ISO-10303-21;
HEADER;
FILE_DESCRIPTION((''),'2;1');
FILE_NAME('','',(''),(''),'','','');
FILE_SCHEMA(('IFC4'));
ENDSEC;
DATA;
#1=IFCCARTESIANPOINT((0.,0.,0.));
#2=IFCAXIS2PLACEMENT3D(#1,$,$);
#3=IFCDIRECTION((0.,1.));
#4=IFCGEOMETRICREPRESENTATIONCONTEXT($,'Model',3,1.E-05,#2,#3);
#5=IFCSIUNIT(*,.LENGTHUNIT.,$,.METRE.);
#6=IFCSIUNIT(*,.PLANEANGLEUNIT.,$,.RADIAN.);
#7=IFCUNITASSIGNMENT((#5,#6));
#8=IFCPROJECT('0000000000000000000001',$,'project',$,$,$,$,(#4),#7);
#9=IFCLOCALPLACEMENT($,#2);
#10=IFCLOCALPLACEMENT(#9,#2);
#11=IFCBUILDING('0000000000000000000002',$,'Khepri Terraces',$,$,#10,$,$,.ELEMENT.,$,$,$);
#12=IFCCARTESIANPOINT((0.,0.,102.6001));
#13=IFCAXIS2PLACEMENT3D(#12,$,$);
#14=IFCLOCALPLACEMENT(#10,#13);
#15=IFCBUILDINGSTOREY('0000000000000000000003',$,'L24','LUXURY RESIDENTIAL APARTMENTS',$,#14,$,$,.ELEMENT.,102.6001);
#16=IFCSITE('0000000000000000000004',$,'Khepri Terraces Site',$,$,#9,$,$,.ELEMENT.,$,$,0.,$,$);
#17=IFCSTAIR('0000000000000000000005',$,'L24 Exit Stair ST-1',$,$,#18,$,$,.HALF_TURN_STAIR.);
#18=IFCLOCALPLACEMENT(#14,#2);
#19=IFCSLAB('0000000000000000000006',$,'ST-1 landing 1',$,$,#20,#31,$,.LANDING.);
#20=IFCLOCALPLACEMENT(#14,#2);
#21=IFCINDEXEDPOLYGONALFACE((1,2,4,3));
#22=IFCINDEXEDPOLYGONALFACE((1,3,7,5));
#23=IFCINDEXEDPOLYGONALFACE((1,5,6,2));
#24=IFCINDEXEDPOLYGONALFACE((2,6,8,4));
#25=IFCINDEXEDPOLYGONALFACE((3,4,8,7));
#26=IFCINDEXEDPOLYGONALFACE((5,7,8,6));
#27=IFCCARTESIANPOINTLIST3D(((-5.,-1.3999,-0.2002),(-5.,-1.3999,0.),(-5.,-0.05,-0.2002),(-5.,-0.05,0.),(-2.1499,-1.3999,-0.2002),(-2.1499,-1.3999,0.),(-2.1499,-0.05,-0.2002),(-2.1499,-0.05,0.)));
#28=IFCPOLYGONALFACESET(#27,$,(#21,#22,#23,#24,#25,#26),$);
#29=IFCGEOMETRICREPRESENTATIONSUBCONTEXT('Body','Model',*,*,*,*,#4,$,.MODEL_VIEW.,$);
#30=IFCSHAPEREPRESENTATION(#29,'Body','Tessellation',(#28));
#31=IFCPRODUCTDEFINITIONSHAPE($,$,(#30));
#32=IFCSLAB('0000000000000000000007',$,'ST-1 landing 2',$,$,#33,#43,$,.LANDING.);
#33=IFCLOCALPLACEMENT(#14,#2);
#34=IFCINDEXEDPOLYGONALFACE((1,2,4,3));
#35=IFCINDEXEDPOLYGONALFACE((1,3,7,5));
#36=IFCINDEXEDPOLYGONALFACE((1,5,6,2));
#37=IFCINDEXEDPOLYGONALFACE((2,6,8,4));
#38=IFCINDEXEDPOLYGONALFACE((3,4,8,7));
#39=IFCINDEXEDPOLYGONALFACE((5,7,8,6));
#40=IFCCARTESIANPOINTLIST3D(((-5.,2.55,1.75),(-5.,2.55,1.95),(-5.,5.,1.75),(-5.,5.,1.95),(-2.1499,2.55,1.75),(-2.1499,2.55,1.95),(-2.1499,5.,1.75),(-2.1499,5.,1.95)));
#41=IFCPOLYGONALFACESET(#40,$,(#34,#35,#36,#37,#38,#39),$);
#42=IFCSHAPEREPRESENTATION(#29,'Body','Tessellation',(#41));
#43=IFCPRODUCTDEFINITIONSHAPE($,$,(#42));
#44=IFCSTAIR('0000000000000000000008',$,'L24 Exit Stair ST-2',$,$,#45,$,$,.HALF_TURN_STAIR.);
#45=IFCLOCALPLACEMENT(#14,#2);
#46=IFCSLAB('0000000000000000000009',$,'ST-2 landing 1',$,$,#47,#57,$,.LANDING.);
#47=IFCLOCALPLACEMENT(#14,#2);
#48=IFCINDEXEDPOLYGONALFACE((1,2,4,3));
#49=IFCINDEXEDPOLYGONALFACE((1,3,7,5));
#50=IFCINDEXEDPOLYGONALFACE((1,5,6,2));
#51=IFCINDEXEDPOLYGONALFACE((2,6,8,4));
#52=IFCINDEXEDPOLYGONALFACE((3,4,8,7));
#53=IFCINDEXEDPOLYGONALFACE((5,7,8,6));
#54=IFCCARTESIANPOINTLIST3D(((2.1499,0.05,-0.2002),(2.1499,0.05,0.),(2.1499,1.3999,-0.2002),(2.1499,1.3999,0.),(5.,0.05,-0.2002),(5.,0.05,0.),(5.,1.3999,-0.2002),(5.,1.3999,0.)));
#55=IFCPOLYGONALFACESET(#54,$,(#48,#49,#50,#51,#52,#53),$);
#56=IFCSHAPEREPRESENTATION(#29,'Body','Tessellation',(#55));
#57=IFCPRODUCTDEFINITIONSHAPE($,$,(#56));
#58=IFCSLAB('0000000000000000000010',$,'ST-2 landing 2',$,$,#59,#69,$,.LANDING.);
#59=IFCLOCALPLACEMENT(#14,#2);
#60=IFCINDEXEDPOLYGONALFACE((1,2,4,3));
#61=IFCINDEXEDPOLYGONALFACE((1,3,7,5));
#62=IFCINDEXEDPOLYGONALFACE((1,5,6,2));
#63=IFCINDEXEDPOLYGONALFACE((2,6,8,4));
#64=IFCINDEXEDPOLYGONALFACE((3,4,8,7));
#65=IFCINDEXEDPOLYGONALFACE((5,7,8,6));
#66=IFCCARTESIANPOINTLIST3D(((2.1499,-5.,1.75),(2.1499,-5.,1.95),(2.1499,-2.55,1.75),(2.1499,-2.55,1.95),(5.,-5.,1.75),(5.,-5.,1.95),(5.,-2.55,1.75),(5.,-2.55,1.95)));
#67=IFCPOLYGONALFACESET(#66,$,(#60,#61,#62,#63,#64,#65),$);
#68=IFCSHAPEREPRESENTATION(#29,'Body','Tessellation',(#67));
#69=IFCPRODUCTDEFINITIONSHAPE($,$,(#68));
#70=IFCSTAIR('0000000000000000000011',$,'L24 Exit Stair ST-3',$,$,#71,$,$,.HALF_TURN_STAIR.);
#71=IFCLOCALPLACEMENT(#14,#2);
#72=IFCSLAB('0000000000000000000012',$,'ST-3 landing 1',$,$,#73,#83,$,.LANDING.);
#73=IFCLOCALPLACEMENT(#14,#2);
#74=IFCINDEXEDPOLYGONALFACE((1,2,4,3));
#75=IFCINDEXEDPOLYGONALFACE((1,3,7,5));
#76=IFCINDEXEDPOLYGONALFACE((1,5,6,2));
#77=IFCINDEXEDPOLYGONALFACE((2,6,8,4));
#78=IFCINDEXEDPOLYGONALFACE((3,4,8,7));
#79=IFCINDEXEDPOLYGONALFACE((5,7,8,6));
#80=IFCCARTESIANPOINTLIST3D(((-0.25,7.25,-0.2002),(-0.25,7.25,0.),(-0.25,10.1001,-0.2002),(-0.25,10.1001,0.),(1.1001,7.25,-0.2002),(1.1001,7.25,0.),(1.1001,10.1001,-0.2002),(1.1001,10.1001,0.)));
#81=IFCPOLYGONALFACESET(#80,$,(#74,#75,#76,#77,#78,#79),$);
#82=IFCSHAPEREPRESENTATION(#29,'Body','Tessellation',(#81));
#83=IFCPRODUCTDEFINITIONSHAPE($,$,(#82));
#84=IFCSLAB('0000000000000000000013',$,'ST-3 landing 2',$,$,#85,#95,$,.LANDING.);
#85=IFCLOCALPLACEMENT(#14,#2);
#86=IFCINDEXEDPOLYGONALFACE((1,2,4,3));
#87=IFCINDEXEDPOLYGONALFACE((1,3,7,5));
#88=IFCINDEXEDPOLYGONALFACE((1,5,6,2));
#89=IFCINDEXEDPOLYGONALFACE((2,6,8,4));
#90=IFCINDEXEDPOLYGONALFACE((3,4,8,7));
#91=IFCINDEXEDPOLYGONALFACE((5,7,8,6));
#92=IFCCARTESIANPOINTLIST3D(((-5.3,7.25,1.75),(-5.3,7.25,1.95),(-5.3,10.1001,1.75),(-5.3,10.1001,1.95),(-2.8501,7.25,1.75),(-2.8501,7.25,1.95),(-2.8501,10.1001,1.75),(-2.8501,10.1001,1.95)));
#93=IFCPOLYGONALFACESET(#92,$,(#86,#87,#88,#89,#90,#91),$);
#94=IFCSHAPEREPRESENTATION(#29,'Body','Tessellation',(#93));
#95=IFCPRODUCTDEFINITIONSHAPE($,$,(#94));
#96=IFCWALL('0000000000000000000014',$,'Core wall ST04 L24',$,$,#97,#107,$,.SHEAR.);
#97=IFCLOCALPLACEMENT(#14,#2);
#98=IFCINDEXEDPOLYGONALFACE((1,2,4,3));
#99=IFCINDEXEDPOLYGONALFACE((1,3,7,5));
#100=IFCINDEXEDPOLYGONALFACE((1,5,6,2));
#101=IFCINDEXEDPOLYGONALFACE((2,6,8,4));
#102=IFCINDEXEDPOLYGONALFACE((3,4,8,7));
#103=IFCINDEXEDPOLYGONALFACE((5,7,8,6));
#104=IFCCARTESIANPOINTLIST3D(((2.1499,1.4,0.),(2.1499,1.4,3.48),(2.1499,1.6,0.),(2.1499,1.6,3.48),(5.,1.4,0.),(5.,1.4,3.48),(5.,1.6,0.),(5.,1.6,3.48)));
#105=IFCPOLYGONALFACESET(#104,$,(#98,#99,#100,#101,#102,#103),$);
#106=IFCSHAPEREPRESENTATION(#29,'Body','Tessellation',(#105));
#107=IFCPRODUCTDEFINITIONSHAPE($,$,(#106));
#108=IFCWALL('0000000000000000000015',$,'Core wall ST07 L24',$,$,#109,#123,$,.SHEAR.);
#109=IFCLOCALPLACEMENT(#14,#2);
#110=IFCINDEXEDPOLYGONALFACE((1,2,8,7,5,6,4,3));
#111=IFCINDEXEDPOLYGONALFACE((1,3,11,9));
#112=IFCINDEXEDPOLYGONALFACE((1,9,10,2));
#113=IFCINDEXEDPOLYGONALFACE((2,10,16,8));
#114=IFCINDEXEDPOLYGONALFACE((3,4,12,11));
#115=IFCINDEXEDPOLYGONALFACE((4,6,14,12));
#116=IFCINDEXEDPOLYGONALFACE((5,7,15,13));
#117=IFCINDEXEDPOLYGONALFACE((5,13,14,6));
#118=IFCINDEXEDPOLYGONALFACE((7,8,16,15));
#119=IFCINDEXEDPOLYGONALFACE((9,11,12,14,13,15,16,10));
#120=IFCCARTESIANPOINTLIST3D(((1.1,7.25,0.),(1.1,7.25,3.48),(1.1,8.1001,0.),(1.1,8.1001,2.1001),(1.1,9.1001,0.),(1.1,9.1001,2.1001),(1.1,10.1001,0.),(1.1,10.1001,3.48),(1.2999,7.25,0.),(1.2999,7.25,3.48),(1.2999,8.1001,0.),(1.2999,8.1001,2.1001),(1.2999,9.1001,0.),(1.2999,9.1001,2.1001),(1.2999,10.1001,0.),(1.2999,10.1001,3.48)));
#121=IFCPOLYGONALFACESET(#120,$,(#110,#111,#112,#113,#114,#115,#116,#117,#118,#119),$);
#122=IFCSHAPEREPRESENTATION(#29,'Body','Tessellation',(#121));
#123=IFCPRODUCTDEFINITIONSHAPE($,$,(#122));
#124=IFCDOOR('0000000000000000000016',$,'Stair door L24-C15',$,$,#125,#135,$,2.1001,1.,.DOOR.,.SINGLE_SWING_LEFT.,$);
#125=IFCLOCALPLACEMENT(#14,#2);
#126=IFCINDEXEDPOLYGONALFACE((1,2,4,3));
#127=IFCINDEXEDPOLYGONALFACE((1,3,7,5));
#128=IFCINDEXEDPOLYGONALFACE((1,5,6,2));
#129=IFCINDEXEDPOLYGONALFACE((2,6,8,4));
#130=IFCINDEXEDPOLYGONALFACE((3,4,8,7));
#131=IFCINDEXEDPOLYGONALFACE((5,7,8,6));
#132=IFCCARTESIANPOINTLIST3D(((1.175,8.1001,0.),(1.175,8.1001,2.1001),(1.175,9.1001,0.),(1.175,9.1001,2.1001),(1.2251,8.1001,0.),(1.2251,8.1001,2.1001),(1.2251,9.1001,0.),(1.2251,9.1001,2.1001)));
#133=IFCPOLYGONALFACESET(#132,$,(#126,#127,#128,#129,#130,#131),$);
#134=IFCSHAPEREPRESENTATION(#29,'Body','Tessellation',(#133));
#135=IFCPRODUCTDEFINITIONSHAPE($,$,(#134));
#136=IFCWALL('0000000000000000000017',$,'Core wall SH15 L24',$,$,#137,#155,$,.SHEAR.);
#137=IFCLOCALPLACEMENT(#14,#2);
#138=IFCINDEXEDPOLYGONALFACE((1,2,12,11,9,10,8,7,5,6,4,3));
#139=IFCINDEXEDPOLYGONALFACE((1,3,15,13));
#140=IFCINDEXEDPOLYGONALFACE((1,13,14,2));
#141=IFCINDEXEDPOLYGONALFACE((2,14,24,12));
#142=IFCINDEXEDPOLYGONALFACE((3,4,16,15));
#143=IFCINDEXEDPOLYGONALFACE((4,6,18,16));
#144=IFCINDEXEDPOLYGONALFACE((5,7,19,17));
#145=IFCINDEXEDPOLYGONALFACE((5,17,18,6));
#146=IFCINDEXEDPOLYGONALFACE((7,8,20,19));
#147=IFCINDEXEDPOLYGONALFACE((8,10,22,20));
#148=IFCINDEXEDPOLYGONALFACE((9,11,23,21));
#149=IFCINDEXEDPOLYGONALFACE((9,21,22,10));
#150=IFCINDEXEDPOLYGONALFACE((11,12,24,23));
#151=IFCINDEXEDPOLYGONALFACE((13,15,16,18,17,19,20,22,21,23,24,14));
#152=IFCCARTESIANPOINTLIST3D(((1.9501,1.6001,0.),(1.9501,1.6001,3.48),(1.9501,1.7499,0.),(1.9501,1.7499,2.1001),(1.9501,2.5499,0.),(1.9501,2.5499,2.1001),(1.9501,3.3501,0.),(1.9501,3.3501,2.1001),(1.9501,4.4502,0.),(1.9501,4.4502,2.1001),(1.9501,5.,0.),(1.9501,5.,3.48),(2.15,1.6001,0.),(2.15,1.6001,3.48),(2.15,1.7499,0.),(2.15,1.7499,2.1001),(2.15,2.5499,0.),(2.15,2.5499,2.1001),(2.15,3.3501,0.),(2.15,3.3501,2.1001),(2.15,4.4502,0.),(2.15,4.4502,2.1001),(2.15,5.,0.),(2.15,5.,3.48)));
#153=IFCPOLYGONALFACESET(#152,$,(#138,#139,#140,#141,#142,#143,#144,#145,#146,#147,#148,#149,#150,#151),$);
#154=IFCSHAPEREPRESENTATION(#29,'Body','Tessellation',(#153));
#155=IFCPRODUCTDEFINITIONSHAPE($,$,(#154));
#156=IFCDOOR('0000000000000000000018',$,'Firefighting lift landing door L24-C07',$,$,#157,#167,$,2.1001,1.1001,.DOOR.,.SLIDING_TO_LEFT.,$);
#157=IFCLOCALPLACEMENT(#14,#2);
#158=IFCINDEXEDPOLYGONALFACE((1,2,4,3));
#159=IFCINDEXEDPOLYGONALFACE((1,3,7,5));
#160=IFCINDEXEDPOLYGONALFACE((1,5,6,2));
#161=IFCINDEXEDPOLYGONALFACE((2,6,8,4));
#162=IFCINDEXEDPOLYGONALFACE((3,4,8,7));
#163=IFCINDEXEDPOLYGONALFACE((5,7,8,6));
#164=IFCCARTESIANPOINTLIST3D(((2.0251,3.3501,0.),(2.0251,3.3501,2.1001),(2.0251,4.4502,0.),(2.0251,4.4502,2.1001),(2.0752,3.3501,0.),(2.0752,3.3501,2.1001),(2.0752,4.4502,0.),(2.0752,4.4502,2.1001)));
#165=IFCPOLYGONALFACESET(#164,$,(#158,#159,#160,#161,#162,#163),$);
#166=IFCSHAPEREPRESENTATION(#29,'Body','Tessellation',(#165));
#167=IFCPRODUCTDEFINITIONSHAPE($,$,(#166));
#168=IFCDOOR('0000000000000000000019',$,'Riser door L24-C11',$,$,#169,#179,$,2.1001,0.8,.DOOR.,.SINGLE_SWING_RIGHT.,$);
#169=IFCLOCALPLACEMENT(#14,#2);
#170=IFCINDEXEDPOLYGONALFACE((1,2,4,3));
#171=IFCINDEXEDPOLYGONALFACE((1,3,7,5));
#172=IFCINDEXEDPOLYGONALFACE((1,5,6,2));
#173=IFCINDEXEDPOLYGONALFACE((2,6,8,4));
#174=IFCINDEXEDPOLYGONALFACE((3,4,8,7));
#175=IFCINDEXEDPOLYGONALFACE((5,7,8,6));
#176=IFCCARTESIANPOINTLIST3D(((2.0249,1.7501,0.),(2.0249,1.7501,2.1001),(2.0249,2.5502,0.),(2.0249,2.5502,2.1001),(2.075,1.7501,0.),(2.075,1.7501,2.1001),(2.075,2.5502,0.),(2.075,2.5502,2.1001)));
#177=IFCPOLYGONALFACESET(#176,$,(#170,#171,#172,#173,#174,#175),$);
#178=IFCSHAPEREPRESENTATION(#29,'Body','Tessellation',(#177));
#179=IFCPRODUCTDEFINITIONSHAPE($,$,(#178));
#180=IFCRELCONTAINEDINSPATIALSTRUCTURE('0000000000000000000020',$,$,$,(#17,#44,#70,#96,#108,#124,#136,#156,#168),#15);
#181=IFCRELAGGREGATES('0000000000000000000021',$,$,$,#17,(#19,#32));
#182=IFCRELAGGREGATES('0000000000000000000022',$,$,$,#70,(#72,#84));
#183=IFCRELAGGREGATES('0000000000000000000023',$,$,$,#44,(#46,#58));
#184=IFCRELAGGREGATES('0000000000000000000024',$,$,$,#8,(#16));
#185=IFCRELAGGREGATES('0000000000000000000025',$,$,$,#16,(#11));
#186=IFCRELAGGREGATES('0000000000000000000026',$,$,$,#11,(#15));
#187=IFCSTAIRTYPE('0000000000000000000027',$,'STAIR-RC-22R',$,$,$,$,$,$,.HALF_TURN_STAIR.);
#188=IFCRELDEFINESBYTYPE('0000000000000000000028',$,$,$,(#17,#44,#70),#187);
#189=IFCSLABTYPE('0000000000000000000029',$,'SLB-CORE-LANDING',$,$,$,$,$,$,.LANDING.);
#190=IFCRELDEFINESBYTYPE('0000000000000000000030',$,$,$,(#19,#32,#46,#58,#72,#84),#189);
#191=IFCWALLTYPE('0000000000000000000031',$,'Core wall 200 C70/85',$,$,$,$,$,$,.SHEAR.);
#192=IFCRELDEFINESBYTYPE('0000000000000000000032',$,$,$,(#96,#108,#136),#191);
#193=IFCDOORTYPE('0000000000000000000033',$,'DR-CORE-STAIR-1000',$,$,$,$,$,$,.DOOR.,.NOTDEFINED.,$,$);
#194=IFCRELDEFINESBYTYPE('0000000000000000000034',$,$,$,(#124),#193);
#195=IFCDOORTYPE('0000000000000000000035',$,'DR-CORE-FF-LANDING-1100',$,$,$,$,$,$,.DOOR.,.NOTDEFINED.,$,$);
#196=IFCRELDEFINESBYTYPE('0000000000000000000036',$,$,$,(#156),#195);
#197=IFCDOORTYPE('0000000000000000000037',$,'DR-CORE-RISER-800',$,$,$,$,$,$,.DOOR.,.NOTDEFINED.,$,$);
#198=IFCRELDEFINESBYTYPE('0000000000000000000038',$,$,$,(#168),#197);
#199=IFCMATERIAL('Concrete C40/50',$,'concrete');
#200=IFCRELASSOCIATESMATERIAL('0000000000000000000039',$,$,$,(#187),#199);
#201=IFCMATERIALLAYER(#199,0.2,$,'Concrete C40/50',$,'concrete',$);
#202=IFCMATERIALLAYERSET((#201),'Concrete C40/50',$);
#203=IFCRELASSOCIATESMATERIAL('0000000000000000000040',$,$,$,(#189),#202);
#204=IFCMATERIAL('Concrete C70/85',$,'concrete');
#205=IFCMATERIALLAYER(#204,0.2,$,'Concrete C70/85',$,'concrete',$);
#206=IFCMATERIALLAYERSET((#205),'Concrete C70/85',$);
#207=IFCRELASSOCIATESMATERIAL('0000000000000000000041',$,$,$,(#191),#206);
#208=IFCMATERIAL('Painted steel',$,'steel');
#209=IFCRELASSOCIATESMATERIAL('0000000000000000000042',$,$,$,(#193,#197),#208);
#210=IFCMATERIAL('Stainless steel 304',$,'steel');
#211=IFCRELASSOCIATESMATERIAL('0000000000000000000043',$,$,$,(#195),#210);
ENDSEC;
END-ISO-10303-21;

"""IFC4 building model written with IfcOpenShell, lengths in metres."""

from ifc_helpers import new_model, si_unit, direction, frame, frame_2d, origin, place, context, subcontext, project, spatial, polyline, rectangle, outline, extrude, material, layer, layer_set, type_object, element, fill, aggregate, save


model = new_model("IFC4")

# Units and contexts
model_context = context("Model", 3, precision=1e-05, world=origin(), true_north=direction((0.0, 1.0)))
body_context = subcontext(model_context, "Body", "Model", "MODEL_VIEW")
ifc_project = project(units=[si_unit("LENGTHUNIT", "METRE"), si_unit("PLANEANGLEUNIT", "RADIAN")], contexts=[model_context])

# Site, building, storey
site_placement = place(None, origin())
site = spatial("IfcSite", under=ifc_project, at=site_placement, Name="Khepri Terraces Site", CompositionType="ELEMENT", RefElevation=0.0)
building_placement = place(site_placement, origin())
building = spatial("IfcBuilding", under=site, at=building_placement, Name="Khepri Terraces", CompositionType="ELEMENT")
storey_placement = place(building_placement, frame((0.0, 0.0, 102.6001)))
storey = spatial("IfcBuildingStorey", under=building, at=storey_placement, Name="L24", Description="LUXURY RESIDENTIAL APARTMENTS", CompositionType="ELEMENT", Elevation=102.6001)

# Stairs, slabs
ifc_material_1 = material(Name="Concrete C40/50", Category="concrete")
stair_type = type_object("IfcStairType", Name="STAIR-RC-22R", PredefinedType="HALF_TURN_STAIR", material=ifc_material_1)
stair_1_placement = place(storey_placement, origin())
stair_1 = element("IfcStair", 1, at=stair_1_placement, inside=storey, type_object=stair_type, Name="L24 Exit Stair ST-1", PredefinedType="HALF_TURN_STAIR")
ifc_layer_1 = layer(ifc_material_1, 0.2, Name="Concrete C40/50", Category="concrete")
ifc_layer_set_1 = layer_set([ifc_layer_1], Name="Concrete C40/50")
slab_type = type_object("IfcSlabType", Name="SLB-CORE-LANDING", PredefinedType="LANDING", material=ifc_layer_set_1)
slab_1_placement = place(storey_placement, frame((0.0, 0.0, -0.2002)))
slab_1 = element("IfcSlab", 2, at=slab_1_placement, type_object=slab_type, Name="ST-1 landing 1", PredefinedType="LANDING", context=body_context, shape_type="SweptSolid", body=[
    extrude(outline(polyline([(-2.1499, -1.3999), (-2.1499, -0.05), (-5.0, -0.05), (-5.0, -1.3999), (-2.1499, -1.3999)])), origin(), (0.0, 0.0, 1.0), 0.2002),
])
slab_2_placement = place(storey_placement, frame((0.0, 0.0, 1.75)))
slab_2 = element("IfcSlab", 3, at=slab_2_placement, type_object=slab_type, Name="ST-1 landing 2", PredefinedType="LANDING", context=body_context, shape_type="SweptSolid", body=[
    extrude(outline(polyline([(-2.1499, 2.55), (-2.1499, 5.0), (-5.0, 5.0), (-5.0, 2.55), (-2.1499, 2.55)])), origin(), (0.0, 0.0, 1.0), 0.2),
])
aggregate(stair_1, [slab_1, slab_2])
stair_2_placement = place(storey_placement, origin())
stair_2 = element("IfcStair", 4, at=stair_2_placement, inside=storey, type_object=stair_type, Name="L24 Exit Stair ST-2", PredefinedType="HALF_TURN_STAIR")
slab_3_placement = place(storey_placement, frame((0.0, 0.0, -0.2002)))
slab_3 = element("IfcSlab", 5, at=slab_3_placement, type_object=slab_type, Name="ST-2 landing 1", PredefinedType="LANDING", context=body_context, shape_type="SweptSolid", body=[
    extrude(outline(polyline([(2.1499, 1.3999), (2.1499, 0.05), (5.0, 0.05), (5.0, 1.3999), (2.1499, 1.3999)])), origin(), (0.0, 0.0, 1.0), 0.2002),
])
slab_4_placement = place(storey_placement, frame((0.0, 0.0, 1.75)))
slab_4 = element("IfcSlab", 6, at=slab_4_placement, type_object=slab_type, Name="ST-2 landing 2", PredefinedType="LANDING", context=body_context, shape_type="SweptSolid", body=[
    extrude(outline(polyline([(2.1499, -2.55), (2.1499, -5.0), (5.0, -5.0), (5.0, -2.55), (2.1499, -2.55)])), origin(), (0.0, 0.0, 1.0), 0.2),
])
stair_3_placement = place(storey_placement, origin())
stair_3 = element("IfcStair", 7, at=stair_3_placement, inside=storey, type_object=stair_type, Name="L24 Exit Stair ST-3", PredefinedType="HALF_TURN_STAIR")
slab_5_placement = place(storey_placement, frame((0.0, 0.0, -0.2002)))
slab_5 = element("IfcSlab", 8, at=slab_5_placement, type_object=slab_type, Name="ST-3 landing 1", PredefinedType="LANDING", context=body_context, shape_type="SweptSolid", body=[
    extrude(outline(polyline([(1.1001, 10.1001), (-0.25, 10.1001), (-0.25, 7.25), (1.1001, 7.25), (1.1001, 10.1001)])), origin(), (0.0, 0.0, 1.0), 0.2002),
])
slab_6_placement = place(storey_placement, frame((0.0, 0.0, 1.75)))
slab_6 = element("IfcSlab", 9, at=slab_6_placement, type_object=slab_type, Name="ST-3 landing 2", PredefinedType="LANDING", context=body_context, shape_type="SweptSolid", body=[
    extrude(outline(polyline([(-2.8501, 10.1001), (-5.3, 10.1001), (-5.3, 7.25), (-2.8501, 7.25), (-2.8501, 10.1001)])), origin(), (0.0, 0.0, 1.0), 0.2),
])
aggregate(stair_3, [slab_5, slab_6])

# Wall
ifc_material_2 = material(Name="Concrete C70/85", Category="concrete")
ifc_layer_2 = layer(ifc_material_2, 0.2, Name="Concrete C70/85", Category="concrete")
ifc_layer_set_2 = layer_set([ifc_layer_2], Name="Concrete C70/85")
wall_type_1 = type_object("IfcWallType", Name="Core wall 200 C70/85", PredefinedType="SHEAR", material=ifc_layer_set_2)
wall_1_placement = place(storey_placement, frame((2.1499, 1.5, 0.0), z_axis=(0.0, 0.0, 1.0), x_axis=(1.0, 0.0, 0.0)))
element("IfcWall", 10, at=wall_1_placement, inside=storey, type_object=wall_type_1, Name="Core wall ST04 L24", PredefinedType="SHEAR", context=body_context, shape_type="SweptSolid", body=[
    extrude(rectangle(XDim=2.8501, YDim=0.2, at=frame_2d((1.425, 0.0))), origin(), (0.0, 0.0, 1.0), 3.48),
])

# Wall, opening, door
wall_2_placement = place(storey_placement, frame((1.2, 7.25, 0.0), z_axis=(0.0, 0.0, 1.0), x_axis=(0.0, 1.0, 0.0)))
wall_2 = element("IfcWall", 11, at=wall_2_placement, inside=storey, type_object=wall_type_1, Name="Core wall ST07 L24", PredefinedType="SHEAR", context=body_context, shape_type="SweptSolid", body=[
    extrude(rectangle(XDim=2.8501, YDim=0.2, at=frame_2d((1.425, 0.0))), origin(), (0.0, 0.0, 1.0), 3.48),
])
opening_1_placement = place(wall_2_placement, frame((0.8501, 0.0, 0.0)))
opening_1 = element("IfcOpeningElement", 12, at=opening_1_placement, cuts=wall_2, PredefinedType="OPENING", context=body_context, shape_type="SweptSolid", body=[
    extrude(rectangle(XDim=1.0, YDim=2.1001, at=frame_2d((0.5, 1.05))), frame((0.0, 0.1099, 0.0), z_axis=(0.0, -1.0, 0.0), x_axis=(1.0, 0.0, 0.0)), (0.0, 0.0, 1.0), 0.22),
])
ifc_material_3 = material(Name="Painted steel", Category="steel")
door_type_1 = type_object("IfcDoorType", Name="DR-CORE-STAIR-1000", OperationType="NOTDEFINED", PredefinedType="DOOR", material=ifc_material_3)
door_1_placement = place(opening_1_placement, origin())
door_1 = element("IfcDoor", 13, at=door_1_placement, inside=storey, type_object=door_type_1, Name="Stair door L24-C15", OperationType="SINGLE_SWING_LEFT", OverallHeight=2.1001, OverallWidth=1.0, PredefinedType="DOOR", context=body_context, shape_type="SweptSolid", body=[
    extrude(rectangle(XDim=1.0, YDim=2.1001, at=frame_2d((0.5, 1.05))), frame((0.0, 0.0249, 0.0), z_axis=(0.0, -1.0, 0.0), x_axis=(1.0, 0.0, 0.0)), (0.0, 0.0, 1.0), 0.05),
])
fill(opening_1, door_1)

# Wall, openings, doors
wall_3_placement = place(storey_placement, frame((2.05, 1.6001, 0.0), z_axis=(0.0, 0.0, 1.0), x_axis=(0.0, 1.0, 0.0)))
wall_3 = element("IfcWall", 14, at=wall_3_placement, inside=storey, type_object=wall_type_1, Name="Core wall SH15 L24", PredefinedType="SHEAR", context=body_context, shape_type="SweptSolid", body=[
    extrude(rectangle(XDim=3.3999, YDim=0.2, at=frame_2d((1.7, 0.0))), origin(), (0.0, 0.0, 1.0), 3.48),
])
opening_2_placement = place(wall_3_placement, frame((1.75, 0.0, 0.0)))
opening_2 = element("IfcOpeningElement", 15, at=opening_2_placement, cuts=wall_3, PredefinedType="OPENING", context=body_context, shape_type="SweptSolid", body=[
    extrude(rectangle(XDim=1.1001, YDim=2.1001, at=frame_2d((0.55, 1.05))), frame((0.0, 0.1099, 0.0), z_axis=(0.0, -1.0, 0.0), x_axis=(1.0, 0.0, 0.0)), (0.0, 0.0, 1.0), 0.22),
])
opening_3_placement = place(wall_3_placement, frame((0.1499, 0.0, 0.0)))
opening_3 = element("IfcOpeningElement", 16, at=opening_3_placement, cuts=wall_3, PredefinedType="OPENING", context=body_context, shape_type="SweptSolid", body=[
    extrude(rectangle(XDim=0.8, YDim=2.1001, at=frame_2d((0.3999, 1.05))), frame((0.0, 0.1099, 0.0), z_axis=(0.0, -1.0, 0.0), x_axis=(1.0, 0.0, 0.0)), (0.0, 0.0, 1.0), 0.22),
])
ifc_material_4 = material(Name="Stainless steel 304", Category="steel")
door_type_2 = type_object("IfcDoorType", Name="DR-CORE-FF-LANDING-1100", OperationType="NOTDEFINED", PredefinedType="DOOR", material=ifc_material_4)
door_2_placement = place(opening_2_placement, origin())
door_2 = element("IfcDoor", 17, at=door_2_placement, inside=storey, type_object=door_type_2, Name="Firefighting lift landing door L24-C07", OperationType="SLIDING_TO_LEFT", OverallHeight=2.1001, OverallWidth=1.1001, PredefinedType="DOOR", context=body_context, shape_type="SweptSolid", body=[
    extrude(rectangle(XDim=1.1001, YDim=2.1001, at=frame_2d((0.55, 1.05))), frame((0.0, 0.0249, 0.0), z_axis=(0.0, -1.0, 0.0), x_axis=(1.0, 0.0, 0.0)), (0.0, 0.0, 1.0), 0.05),
])
fill(opening_2, door_2)
door_type_3 = type_object("IfcDoorType", Name="DR-CORE-RISER-800", OperationType="NOTDEFINED", PredefinedType="DOOR", material=ifc_material_3)
door_3_placement = place(opening_3_placement, frame((0.8, 0.0, 0.0), z_axis=(0.0, 0.0, 1.0), x_axis=(-1.0, 0.0, 0.0)))
door_3 = element("IfcDoor", 18, at=door_3_placement, inside=storey, type_object=door_type_3, Name="Riser door L24-C11", OperationType="SINGLE_SWING_RIGHT", OverallHeight=2.1001, OverallWidth=0.8, PredefinedType="DOOR", context=body_context, shape_type="SweptSolid", body=[
    extrude(rectangle(XDim=0.8, YDim=2.1001, at=frame_2d((0.3999, 1.05))), frame((0.0, 0.0249, 0.0), z_axis=(0.0, -1.0, 0.0), x_axis=(1.0, 0.0, 0.0)), (0.0, 0.0, 1.0), 0.05),
])
fill(opening_3, door_3)

aggregate(stair_2, [slab_3, slab_4])

save(model, "model.ifc")
